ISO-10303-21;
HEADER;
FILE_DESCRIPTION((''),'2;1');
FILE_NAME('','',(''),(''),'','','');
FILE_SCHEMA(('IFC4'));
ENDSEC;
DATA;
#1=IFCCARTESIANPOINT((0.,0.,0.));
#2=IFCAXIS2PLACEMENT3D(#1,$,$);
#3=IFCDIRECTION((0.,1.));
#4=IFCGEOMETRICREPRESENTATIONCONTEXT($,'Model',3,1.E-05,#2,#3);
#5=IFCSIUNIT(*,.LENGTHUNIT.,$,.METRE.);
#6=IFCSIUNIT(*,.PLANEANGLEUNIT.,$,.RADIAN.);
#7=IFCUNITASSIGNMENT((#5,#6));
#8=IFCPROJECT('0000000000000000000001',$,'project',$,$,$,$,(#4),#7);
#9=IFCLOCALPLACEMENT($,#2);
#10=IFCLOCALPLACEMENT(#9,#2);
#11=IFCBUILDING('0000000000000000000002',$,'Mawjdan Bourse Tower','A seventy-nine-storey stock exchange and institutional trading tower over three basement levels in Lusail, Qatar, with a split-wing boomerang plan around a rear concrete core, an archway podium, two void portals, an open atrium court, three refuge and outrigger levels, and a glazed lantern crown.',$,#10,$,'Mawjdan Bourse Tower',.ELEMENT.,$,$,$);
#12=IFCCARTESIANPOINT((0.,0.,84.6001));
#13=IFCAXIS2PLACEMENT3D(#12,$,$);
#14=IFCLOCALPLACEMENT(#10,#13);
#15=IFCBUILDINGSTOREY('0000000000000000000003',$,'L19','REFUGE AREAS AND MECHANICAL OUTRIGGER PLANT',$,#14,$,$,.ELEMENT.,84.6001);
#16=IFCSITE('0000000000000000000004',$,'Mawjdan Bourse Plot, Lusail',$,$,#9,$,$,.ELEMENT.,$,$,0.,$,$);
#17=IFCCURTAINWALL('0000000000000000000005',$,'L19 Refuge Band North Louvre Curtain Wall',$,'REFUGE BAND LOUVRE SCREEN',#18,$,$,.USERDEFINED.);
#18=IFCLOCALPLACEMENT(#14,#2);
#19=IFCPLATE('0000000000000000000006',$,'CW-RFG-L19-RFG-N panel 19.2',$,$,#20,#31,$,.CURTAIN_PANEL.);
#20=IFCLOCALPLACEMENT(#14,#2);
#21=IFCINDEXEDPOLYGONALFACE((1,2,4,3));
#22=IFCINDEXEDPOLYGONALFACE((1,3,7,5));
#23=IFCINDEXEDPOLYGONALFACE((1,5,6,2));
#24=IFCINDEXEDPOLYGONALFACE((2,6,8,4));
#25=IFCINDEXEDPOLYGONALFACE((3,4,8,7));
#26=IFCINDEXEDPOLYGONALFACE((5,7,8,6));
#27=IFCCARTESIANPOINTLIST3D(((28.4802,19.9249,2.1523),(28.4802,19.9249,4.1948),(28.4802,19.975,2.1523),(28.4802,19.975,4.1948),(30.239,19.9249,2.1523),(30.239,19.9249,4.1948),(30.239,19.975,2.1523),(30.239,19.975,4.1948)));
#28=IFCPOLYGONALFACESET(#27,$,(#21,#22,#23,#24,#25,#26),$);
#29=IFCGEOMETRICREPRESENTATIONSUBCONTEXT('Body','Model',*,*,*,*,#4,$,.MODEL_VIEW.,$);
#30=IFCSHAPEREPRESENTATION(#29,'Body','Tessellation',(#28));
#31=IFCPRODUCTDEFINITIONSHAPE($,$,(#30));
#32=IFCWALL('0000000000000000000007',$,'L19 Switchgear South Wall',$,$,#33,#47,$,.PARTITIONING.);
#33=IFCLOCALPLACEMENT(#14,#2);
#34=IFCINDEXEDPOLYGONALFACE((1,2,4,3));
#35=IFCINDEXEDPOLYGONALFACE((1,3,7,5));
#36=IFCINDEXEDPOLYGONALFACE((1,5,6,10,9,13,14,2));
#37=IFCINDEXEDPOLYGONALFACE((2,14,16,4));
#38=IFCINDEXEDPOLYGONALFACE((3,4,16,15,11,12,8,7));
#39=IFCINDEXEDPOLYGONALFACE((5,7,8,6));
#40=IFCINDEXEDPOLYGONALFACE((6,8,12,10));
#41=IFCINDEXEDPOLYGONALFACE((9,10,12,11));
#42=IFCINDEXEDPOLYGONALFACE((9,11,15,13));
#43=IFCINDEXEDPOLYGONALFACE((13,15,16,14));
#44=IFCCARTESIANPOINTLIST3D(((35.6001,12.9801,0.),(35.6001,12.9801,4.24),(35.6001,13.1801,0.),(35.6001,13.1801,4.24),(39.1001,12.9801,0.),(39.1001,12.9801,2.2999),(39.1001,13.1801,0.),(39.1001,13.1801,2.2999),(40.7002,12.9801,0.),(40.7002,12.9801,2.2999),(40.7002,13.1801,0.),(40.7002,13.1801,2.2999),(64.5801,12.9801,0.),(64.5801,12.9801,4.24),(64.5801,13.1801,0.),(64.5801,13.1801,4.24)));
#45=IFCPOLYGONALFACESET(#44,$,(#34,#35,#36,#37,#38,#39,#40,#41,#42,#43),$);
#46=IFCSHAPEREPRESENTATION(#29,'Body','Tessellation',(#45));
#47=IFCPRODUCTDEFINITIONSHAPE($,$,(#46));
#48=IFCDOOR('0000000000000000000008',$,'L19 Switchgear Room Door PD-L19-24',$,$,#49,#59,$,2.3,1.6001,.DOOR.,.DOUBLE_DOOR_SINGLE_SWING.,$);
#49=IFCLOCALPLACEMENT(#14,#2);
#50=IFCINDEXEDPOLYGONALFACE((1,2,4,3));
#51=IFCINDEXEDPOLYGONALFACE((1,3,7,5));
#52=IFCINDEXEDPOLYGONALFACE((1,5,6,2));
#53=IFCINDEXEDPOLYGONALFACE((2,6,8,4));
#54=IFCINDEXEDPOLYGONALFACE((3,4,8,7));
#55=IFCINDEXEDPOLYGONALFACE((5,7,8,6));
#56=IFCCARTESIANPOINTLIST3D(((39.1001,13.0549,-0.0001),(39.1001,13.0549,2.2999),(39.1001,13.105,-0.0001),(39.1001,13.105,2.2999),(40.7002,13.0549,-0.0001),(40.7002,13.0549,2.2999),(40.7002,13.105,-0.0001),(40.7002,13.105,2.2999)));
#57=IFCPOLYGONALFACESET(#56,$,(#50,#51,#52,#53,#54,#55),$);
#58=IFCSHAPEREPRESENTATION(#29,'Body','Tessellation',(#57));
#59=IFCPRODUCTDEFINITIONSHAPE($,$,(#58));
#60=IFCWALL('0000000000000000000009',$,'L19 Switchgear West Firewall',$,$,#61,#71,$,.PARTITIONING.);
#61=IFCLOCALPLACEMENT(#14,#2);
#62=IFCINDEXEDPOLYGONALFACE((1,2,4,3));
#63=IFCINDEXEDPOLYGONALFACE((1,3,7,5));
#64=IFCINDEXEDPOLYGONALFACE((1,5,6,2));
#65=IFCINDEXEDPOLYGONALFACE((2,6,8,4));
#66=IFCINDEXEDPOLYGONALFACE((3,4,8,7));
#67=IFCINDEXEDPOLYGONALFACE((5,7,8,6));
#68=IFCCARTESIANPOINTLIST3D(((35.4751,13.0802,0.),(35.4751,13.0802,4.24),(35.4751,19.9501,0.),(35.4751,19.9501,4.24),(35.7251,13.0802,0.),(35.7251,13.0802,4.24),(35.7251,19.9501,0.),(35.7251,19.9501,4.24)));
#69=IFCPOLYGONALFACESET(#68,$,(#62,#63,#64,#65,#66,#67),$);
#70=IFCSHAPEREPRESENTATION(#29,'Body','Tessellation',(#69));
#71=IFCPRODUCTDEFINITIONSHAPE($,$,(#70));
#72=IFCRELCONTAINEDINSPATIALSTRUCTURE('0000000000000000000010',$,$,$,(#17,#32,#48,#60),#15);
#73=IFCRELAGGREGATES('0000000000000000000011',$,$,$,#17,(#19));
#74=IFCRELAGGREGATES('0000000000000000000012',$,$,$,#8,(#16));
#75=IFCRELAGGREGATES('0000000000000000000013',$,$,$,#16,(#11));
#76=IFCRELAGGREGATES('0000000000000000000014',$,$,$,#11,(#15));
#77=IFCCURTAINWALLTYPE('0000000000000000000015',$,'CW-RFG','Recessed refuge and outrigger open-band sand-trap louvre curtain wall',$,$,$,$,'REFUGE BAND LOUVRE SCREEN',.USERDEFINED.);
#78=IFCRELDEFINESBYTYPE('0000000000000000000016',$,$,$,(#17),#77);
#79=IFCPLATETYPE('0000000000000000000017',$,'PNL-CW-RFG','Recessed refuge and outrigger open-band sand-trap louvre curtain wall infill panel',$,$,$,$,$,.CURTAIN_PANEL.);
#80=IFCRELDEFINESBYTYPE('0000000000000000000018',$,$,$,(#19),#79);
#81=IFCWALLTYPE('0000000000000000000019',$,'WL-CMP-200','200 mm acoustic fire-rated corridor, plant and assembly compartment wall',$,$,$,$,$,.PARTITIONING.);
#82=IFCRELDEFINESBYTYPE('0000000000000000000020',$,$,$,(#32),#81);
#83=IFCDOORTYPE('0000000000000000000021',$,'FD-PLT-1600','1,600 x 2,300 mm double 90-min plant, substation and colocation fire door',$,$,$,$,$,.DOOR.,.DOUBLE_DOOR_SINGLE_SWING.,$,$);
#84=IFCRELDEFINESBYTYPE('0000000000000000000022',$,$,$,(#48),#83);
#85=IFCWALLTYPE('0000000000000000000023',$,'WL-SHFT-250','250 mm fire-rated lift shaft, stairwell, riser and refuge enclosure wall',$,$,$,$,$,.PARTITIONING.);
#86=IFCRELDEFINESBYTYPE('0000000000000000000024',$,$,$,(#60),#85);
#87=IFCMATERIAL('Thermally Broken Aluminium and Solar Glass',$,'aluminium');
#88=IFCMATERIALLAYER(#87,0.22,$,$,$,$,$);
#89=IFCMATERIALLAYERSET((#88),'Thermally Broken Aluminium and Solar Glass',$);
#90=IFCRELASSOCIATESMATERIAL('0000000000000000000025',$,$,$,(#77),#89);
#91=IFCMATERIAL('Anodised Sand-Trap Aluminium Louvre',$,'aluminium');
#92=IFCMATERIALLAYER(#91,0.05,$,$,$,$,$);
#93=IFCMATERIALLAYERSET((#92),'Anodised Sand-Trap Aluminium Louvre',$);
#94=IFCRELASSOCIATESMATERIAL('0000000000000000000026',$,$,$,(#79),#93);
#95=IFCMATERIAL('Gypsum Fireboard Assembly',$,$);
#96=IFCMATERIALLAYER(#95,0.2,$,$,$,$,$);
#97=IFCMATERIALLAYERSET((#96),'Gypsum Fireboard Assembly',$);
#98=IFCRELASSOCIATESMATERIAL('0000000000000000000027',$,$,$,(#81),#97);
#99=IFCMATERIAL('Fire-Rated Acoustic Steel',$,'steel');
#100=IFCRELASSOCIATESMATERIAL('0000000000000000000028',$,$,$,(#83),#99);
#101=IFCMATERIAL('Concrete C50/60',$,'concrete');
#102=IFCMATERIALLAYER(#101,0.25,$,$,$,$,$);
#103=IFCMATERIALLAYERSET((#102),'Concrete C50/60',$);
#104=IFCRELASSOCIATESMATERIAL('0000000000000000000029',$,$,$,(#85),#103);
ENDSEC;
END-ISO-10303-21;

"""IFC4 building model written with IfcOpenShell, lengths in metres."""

from ifc_helpers import new_model, si_unit, direction, frame, frame_2d, origin, origin_2d, place, context, subcontext, project, spatial, rectangle, extrude, material, layer, layer_set, type_object, element, fill, aggregate, save


model = new_model("IFC4")

# Units and contexts
model_context = context("Model", 3, precision=1e-05, world=origin(), true_north=direction((0.0, 1.0)))
body_context = subcontext(model_context, "Body", "Model", "MODEL_VIEW")
ifc_project = project(units=[si_unit("LENGTHUNIT", "METRE"), si_unit("PLANEANGLEUNIT", "RADIAN")], contexts=[model_context])

# Site, building, storey
site_placement = place(None, origin())
site = spatial("IfcSite", under=ifc_project, at=site_placement, Name="Mawjdan Bourse Plot, Lusail", CompositionType="ELEMENT", RefElevation=0.0)
building_placement = place(site_placement, origin())
building = spatial("IfcBuilding", under=site, at=building_placement, Name="Mawjdan Bourse Tower", Description="A seventy-nine-storey stock exchange and institutional trading tower over three basement levels in Lusail, Qatar, with a split-wing boomerang plan around a rear concrete core, an archway podium, two void portals, an open atrium court, three refuge and outrigger levels, and a glazed lantern crown.", LongName="Mawjdan Bourse Tower", CompositionType="ELEMENT")
storey_placement = place(building_placement, frame((0.0, 0.0, 84.6001)))
storey = spatial("IfcBuildingStorey", under=building, at=storey_placement, Name="L19", Description="REFUGE AREAS AND MECHANICAL OUTRIGGER PLANT", CompositionType="ELEMENT", Elevation=84.6001)

# Curtain wall
ifc_material_1 = material(Name="Thermally Broken Aluminium and Solar Glass", Category="aluminium")
ifc_layer_1 = layer(ifc_material_1, 0.22)
ifc_layer_set_1 = layer_set([ifc_layer_1], Name="Thermally Broken Aluminium and Solar Glass")
curtain_wall_type = type_object("IfcCurtainWallType", Name="CW-RFG", Description="Recessed refuge and outrigger open-band sand-trap louvre curtain wall", ElementType="REFUGE BAND LOUVRE SCREEN", PredefinedType="USERDEFINED", material=ifc_layer_set_1)
curtain_wall_placement = place(storey_placement, origin())
curtain_wall = element("IfcCurtainWall", 1, at=curtain_wall_placement, inside=storey, type_object=curtain_wall_type, Name="L19 Refuge Band North Louvre Curtain Wall", ObjectType="REFUGE BAND LOUVRE SCREEN", PredefinedType="USERDEFINED")

# Plate
ifc_material_2 = material(Name="Anodised Sand-Trap Aluminium Louvre", Category="aluminium")
ifc_layer_2 = layer(ifc_material_2, 0.05)
ifc_layer_set_2 = layer_set([ifc_layer_2], Name="Anodised Sand-Trap Aluminium Louvre")
plate_type = type_object("IfcPlateType", Name="PNL-CW-RFG", Description="Recessed refuge and outrigger open-band sand-trap louvre curtain wall infill panel", PredefinedType="CURTAIN_PANEL", material=ifc_layer_set_2)
plate_1_placement = place(storey_placement, frame((29.3596, 19.95, 2.1523), z_axis=(0.0, 0.0, 1.0), x_axis=(-1.0, 0.0, 0.0)))
plate_1 = element("IfcPlate", 2, at=plate_1_placement, type_object=plate_type, Name="CW-RFG-L19-RFG-N panel 19.2", PredefinedType="CURTAIN_PANEL", context=body_context, shape_type="SweptSolid", body=[
    extrude(rectangle(XDim=1.7588, YDim=0.05, at=origin_2d()), origin(), (0.0, 0.0, 1.0), 2.0425),
])
aggregate(curtain_wall, [plate_1])

# Wall, opening, door
ifc_material_3 = material(Name="Gypsum Fireboard Assembly")
ifc_layer_3 = layer(ifc_material_3, 0.2)
ifc_layer_set_3 = layer_set([ifc_layer_3], Name="Gypsum Fireboard Assembly")
wall_type_1 = type_object("IfcWallType", Name="WL-CMP-200", Description="200 mm acoustic fire-rated corridor, plant and assembly compartment wall", PredefinedType="PARTITIONING", material=ifc_layer_set_3)
wall_1_placement = place(storey_placement, frame((35.6001, 13.0801, 0.0), z_axis=(0.0, 0.0, 1.0), x_axis=(1.0, 0.0, 0.0)))
wall_1 = element("IfcWall", 3, at=wall_1_placement, inside=storey, type_object=wall_type_1, Name="L19 Switchgear South Wall", PredefinedType="PARTITIONING", context=body_context, shape_type="SweptSolid", body=[
    extrude(rectangle(XDim=28.98, YDim=0.2, at=frame_2d((14.49, 0.0))), origin(), (0.0, 0.0, 1.0), 4.24),
])
opening_placement = place(wall_1_placement, frame((3.5, 0.0, 0.0)))
opening = element("IfcOpeningElement", 4, at=opening_placement, cuts=wall_1, PredefinedType="OPENING", context=body_context, shape_type="SweptSolid", body=[
    extrude(rectangle(XDim=1.6001, YDim=2.3, at=frame_2d((0.8, 1.1499))), frame((0.0, 0.1099, 0.0), z_axis=(0.0, -1.0, 0.0), x_axis=(1.0, 0.0, 0.0)), (0.0, 0.0, 1.0), 0.22),
])
ifc_material_4 = material(Name="Fire-Rated Acoustic Steel", Category="steel")
door_type = type_object("IfcDoorType", Name="FD-PLT-1600", Description="1,600 x 2,300 mm double 90-min plant, substation and colocation fire door", OperationType="DOUBLE_DOOR_SINGLE_SWING", PredefinedType="DOOR", material=ifc_material_4)
door_placement = place(opening_placement, origin())
door = element("IfcDoor", 5, at=door_placement, inside=storey, type_object=door_type, Name="L19 Switchgear Room Door PD-L19-24", OperationType="DOUBLE_DOOR_SINGLE_SWING", OverallHeight=2.3, OverallWidth=1.6001, PredefinedType="DOOR", context=body_context, shape_type="SweptSolid", body=[
    extrude(rectangle(XDim=1.6001, YDim=2.3, at=frame_2d((0.8, 1.1499))), frame((0.0, 0.0249, 0.0), z_axis=(0.0, -1.0, 0.0), x_axis=(1.0, 0.0, 0.0)), (0.0, 0.0, 1.0), 0.05),
])
fill(opening, door)

# Wall
ifc_material_5 = material(Name="Concrete C50/60", Category="concrete")
ifc_layer_4 = layer(ifc_material_5, 0.25)
ifc_layer_set_4 = layer_set([ifc_layer_4], Name="Concrete C50/60")
wall_type_2 = type_object("IfcWallType", Name="WL-SHFT-250", Description="250 mm fire-rated lift shaft, stairwell, riser and refuge enclosure wall", PredefinedType="PARTITIONING", material=ifc_layer_set_4)
wall_2_placement = place(storey_placement, frame((35.6001, 13.0801, 0.0), z_axis=(0.0, 0.0, 1.0), x_axis=(0.0, 1.0, 0.0)))
element("IfcWall", 6, at=wall_2_placement, inside=storey, type_object=wall_type_2, Name="L19 Switchgear West Firewall", PredefinedType="PARTITIONING", context=body_context, shape_type="SweptSolid", body=[
    extrude(rectangle(XDim=6.8699, YDim=0.25, at=frame_2d((3.4351, 0.0))), origin(), (0.0, 0.0, 1.0), 4.24),
])

save(model, "model.ifc")
